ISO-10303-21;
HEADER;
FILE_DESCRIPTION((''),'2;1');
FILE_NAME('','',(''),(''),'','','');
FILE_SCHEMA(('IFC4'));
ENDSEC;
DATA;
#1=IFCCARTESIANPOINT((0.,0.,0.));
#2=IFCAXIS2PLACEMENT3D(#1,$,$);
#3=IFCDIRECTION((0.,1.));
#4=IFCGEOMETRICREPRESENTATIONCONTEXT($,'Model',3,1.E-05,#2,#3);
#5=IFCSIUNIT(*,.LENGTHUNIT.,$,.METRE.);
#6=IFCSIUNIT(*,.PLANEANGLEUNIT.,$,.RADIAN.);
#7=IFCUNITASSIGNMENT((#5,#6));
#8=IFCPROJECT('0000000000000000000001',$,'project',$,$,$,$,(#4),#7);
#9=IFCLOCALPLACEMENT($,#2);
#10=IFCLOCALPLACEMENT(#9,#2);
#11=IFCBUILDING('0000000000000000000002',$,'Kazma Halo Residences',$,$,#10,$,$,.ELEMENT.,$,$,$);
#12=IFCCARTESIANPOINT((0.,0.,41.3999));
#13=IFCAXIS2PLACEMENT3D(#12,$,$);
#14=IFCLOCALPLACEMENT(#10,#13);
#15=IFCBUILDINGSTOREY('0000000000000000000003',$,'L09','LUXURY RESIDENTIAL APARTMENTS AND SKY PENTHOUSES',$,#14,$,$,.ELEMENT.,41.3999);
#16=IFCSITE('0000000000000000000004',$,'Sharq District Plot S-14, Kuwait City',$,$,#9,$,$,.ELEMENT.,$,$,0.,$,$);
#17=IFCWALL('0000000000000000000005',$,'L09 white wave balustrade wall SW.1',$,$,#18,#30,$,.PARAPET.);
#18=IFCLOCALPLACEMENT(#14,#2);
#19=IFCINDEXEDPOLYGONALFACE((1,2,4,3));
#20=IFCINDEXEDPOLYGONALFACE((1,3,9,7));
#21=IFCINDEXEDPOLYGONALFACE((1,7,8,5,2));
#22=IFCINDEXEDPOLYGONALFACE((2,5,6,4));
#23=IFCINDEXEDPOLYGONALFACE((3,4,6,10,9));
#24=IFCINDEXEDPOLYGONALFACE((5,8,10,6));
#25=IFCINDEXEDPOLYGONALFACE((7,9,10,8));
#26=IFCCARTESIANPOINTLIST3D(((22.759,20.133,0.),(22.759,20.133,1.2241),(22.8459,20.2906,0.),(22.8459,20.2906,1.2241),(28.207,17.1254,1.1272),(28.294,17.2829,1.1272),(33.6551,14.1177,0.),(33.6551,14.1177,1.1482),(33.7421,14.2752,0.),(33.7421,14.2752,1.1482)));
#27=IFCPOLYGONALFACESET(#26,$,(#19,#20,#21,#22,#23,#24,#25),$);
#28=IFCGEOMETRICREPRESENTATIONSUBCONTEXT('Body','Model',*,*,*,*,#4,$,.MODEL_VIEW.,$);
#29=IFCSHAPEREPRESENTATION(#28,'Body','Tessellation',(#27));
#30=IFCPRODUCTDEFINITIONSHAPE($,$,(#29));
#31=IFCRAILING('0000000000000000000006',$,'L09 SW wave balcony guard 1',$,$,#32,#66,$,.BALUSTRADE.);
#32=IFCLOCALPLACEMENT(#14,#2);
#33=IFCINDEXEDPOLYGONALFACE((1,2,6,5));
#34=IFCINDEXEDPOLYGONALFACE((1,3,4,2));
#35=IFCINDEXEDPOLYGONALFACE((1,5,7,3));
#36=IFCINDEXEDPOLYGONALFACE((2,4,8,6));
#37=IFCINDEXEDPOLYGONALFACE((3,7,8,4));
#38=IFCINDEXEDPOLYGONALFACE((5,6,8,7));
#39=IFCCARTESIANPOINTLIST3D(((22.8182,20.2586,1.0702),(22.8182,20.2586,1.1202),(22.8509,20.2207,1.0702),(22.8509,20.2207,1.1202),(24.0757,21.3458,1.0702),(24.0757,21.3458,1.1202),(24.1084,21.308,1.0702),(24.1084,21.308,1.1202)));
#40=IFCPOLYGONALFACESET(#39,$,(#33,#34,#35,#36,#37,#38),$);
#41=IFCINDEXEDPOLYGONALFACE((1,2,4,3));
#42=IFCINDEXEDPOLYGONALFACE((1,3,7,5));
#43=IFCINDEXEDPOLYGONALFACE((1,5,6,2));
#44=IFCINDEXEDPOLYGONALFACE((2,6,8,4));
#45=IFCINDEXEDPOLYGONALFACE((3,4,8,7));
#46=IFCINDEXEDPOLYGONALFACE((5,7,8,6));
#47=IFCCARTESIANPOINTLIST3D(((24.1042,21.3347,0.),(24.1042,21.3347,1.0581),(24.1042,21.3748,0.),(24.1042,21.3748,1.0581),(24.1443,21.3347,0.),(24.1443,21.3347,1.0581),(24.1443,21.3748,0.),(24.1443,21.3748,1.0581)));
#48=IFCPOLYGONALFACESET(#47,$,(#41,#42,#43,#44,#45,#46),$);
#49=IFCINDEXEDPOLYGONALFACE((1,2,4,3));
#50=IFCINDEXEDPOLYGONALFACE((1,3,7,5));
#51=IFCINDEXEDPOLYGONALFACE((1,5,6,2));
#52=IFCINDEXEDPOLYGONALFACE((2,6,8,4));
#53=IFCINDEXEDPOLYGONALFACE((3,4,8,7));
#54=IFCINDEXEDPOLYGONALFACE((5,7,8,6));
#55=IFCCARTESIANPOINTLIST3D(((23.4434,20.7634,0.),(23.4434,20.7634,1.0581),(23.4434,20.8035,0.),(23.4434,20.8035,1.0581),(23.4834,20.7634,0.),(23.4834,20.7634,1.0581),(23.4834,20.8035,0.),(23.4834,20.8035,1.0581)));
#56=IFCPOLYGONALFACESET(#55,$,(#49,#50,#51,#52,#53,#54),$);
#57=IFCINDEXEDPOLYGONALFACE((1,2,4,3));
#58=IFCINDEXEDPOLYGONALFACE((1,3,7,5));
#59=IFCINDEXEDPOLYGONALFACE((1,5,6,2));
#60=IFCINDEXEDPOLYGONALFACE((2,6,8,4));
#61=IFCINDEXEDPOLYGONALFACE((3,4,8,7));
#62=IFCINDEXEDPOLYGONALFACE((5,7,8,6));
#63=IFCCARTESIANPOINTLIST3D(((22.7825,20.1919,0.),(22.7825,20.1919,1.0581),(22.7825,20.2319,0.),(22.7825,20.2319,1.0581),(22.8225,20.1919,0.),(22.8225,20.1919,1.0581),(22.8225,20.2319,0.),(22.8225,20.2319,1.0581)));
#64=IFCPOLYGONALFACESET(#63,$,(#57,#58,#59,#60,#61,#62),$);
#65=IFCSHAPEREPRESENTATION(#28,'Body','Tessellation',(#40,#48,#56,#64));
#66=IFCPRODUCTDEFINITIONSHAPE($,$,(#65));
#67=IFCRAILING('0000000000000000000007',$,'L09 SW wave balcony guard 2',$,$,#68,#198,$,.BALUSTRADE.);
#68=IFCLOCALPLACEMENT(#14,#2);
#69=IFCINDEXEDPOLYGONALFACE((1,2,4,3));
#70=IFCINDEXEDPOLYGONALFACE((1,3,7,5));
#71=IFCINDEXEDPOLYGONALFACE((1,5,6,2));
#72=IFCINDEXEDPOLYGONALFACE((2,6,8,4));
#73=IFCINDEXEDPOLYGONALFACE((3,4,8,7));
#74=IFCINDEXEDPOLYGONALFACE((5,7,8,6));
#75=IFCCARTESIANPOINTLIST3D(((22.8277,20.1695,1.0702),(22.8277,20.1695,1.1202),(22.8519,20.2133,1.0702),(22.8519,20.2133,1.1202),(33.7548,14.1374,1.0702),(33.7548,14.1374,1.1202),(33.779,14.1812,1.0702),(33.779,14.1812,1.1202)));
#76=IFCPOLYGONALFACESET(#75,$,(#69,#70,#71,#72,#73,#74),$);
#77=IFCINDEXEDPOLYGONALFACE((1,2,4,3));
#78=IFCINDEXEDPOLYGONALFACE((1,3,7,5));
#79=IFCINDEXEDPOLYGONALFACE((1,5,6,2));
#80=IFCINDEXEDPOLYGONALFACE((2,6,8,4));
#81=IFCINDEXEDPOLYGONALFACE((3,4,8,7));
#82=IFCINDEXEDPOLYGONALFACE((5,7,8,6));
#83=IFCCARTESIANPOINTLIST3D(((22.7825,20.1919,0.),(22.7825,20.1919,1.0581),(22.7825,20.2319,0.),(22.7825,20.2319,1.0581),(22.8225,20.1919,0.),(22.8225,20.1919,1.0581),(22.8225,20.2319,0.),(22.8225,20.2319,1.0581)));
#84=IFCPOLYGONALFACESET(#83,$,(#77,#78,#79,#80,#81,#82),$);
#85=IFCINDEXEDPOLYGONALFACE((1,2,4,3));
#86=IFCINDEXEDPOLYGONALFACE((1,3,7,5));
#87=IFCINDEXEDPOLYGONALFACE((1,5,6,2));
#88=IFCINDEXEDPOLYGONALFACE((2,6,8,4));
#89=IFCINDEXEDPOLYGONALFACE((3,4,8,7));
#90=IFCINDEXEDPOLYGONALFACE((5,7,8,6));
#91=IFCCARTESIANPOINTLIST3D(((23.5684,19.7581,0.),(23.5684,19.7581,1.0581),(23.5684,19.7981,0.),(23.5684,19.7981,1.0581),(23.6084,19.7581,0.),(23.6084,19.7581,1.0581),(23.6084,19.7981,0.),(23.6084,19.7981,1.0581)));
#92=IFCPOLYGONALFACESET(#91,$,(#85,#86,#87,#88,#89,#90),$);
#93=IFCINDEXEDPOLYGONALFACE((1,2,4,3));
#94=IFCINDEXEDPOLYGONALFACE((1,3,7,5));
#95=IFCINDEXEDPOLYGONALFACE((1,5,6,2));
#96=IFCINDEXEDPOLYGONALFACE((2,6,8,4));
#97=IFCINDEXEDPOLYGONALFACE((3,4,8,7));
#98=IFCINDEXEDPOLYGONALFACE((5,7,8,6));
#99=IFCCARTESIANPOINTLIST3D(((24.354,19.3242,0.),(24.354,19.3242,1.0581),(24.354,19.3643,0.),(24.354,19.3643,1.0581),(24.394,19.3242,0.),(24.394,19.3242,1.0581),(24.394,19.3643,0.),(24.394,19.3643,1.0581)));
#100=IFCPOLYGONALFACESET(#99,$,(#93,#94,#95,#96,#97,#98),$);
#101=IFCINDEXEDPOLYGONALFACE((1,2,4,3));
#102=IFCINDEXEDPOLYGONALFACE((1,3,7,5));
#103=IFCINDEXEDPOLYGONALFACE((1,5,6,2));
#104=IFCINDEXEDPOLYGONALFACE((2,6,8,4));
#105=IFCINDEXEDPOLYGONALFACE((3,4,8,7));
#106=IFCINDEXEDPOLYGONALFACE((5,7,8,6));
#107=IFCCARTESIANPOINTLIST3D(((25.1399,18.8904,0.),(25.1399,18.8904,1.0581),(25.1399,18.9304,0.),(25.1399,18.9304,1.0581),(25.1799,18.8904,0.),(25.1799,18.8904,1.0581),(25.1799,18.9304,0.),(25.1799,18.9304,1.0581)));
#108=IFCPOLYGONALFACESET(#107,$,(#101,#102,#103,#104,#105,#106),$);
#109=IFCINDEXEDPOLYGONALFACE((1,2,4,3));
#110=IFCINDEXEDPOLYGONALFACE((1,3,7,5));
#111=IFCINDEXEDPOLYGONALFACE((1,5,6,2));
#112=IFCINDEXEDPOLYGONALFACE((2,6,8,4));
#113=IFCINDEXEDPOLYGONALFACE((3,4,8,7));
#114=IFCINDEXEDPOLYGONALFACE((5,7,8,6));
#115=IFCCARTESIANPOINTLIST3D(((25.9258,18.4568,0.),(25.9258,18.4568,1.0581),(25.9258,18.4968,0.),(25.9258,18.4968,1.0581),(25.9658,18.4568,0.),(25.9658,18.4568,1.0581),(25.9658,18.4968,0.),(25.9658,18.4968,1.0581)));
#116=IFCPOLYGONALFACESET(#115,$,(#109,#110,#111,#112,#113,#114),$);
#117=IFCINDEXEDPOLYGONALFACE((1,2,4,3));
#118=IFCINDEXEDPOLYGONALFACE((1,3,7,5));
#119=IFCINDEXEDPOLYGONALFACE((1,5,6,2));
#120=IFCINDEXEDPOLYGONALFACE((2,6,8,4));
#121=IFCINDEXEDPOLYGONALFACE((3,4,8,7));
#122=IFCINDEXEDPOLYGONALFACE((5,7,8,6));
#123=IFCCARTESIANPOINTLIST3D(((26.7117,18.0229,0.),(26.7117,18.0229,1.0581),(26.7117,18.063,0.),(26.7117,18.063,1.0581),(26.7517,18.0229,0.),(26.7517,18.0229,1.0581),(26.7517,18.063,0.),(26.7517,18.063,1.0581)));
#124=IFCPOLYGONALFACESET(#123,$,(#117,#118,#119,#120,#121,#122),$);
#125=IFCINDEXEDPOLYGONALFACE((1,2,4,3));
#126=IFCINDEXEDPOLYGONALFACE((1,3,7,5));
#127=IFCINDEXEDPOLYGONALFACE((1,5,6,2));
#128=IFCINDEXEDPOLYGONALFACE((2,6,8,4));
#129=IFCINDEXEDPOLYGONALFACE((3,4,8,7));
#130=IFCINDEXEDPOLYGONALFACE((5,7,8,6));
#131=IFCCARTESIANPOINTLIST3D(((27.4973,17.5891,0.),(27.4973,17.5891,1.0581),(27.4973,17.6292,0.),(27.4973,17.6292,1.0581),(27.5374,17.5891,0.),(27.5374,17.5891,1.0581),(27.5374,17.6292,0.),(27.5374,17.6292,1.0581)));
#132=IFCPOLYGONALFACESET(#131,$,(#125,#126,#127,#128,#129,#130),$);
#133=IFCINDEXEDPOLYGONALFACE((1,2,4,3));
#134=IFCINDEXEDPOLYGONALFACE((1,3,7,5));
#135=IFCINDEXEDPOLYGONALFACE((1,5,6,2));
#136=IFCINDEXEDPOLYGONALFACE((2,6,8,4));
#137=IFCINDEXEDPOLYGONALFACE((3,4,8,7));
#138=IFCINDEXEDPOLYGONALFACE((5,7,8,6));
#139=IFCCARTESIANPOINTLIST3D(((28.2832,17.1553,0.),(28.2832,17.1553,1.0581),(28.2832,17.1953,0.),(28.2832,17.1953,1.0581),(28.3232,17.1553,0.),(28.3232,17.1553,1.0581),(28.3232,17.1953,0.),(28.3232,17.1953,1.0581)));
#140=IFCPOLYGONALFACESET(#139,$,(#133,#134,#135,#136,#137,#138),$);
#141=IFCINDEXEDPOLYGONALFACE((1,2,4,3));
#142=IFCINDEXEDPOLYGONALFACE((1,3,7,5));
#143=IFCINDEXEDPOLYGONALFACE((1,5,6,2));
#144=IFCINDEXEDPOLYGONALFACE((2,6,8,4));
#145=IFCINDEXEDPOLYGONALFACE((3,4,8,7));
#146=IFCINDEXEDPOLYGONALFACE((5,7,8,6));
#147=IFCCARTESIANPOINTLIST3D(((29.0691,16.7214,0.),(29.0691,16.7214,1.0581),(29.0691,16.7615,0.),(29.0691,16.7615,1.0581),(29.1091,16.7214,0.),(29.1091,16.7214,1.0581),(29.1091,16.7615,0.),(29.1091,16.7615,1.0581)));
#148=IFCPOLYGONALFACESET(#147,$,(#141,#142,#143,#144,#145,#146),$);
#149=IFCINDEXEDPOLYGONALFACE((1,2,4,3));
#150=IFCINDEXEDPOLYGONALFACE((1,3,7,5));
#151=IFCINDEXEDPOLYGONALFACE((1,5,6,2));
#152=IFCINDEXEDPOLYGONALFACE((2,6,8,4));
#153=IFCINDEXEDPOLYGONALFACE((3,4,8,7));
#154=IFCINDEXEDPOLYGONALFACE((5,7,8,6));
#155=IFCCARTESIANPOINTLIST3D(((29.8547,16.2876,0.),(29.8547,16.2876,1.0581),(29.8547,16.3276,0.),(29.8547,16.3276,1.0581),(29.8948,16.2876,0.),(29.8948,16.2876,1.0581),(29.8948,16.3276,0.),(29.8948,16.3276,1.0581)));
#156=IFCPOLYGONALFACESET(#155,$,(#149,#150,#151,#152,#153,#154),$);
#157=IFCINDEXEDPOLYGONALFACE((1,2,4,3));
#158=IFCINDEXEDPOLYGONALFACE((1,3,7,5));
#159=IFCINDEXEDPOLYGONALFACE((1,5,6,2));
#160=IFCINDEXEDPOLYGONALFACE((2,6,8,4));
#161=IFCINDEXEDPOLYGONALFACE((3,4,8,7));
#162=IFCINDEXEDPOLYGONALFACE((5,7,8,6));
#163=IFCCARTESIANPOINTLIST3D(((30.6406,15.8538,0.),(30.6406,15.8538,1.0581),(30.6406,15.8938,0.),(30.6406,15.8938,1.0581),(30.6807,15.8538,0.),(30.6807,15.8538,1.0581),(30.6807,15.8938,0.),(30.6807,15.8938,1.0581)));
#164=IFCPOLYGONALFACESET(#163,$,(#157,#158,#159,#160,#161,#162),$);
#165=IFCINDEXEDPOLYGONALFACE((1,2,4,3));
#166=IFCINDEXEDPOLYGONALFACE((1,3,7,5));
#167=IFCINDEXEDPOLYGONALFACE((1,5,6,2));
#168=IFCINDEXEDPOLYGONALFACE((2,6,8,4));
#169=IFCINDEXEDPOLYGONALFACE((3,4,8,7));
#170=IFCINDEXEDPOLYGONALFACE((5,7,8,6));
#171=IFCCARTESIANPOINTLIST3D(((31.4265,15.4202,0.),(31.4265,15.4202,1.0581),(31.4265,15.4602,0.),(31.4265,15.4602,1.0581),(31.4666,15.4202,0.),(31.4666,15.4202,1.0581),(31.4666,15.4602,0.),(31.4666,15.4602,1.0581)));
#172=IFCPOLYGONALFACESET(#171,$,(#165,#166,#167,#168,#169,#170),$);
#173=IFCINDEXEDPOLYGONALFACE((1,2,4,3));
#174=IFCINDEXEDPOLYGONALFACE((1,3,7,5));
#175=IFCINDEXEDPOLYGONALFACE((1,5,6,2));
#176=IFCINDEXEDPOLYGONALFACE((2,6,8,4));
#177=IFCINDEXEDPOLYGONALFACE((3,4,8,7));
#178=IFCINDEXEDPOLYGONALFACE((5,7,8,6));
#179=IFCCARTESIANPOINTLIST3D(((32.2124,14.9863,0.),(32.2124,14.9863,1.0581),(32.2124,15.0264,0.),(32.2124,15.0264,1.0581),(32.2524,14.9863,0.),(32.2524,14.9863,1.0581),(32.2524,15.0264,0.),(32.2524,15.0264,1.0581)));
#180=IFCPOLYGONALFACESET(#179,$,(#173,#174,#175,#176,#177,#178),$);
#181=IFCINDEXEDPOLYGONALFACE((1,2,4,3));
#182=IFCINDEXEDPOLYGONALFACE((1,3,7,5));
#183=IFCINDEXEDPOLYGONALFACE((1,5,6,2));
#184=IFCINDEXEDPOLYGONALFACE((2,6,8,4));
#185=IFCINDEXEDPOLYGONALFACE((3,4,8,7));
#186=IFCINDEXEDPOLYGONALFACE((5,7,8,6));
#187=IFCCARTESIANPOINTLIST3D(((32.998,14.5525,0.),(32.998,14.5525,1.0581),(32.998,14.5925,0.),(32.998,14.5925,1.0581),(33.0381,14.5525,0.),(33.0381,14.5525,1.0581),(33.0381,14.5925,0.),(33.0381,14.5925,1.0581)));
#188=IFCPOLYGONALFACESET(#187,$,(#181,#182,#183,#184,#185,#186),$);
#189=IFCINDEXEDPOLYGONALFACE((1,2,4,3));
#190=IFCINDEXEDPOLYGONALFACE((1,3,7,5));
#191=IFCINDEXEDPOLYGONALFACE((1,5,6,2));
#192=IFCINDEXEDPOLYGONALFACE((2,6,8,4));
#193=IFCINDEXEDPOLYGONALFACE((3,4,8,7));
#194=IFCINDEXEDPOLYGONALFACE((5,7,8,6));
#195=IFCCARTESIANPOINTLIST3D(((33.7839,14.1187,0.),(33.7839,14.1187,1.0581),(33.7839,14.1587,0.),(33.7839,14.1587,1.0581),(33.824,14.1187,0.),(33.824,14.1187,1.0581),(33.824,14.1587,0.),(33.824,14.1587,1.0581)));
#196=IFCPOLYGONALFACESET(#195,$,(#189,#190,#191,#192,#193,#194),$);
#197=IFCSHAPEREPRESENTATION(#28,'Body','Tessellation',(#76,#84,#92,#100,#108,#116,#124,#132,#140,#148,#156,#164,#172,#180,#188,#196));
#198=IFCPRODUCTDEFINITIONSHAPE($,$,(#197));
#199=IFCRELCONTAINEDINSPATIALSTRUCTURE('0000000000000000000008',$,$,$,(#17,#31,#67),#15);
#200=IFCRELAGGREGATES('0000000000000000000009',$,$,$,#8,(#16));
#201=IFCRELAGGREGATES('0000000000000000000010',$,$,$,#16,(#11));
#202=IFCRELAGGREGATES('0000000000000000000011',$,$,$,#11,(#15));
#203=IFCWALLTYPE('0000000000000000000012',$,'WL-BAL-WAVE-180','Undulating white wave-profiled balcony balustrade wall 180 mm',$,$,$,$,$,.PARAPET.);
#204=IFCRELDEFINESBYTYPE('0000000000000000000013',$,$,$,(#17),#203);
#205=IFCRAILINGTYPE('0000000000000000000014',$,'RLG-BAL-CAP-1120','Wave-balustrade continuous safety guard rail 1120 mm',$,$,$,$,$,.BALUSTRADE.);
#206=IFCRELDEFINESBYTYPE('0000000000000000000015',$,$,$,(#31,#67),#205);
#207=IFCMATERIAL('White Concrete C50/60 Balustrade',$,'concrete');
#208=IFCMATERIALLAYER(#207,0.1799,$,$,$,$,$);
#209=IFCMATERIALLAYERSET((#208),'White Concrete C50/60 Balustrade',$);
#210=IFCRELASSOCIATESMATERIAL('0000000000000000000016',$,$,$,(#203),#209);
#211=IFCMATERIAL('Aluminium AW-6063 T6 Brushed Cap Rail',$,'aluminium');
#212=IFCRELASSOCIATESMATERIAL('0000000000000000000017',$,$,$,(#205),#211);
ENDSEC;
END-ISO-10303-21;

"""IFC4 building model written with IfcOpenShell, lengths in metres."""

from ifc_helpers import new_model, si_unit, direction, frame, origin, origin_2d, place, context, subcontext, project, spatial, polyline, rectangle, outline, extrude, material, layer, layer_set, type_object, element, save


model = new_model("IFC4")

# Units and contexts
model_context = context("Model", 3, precision=1e-05, world=origin(), true_north=direction((0.0, 1.0)))
body_context = subcontext(model_context, "Body", "Model", "MODEL_VIEW")
ifc_project = project(units=[si_unit("LENGTHUNIT", "METRE"), si_unit("PLANEANGLEUNIT", "RADIAN")], contexts=[model_context])

# Site, building, storey
site_placement = place(None, origin())
site = spatial("IfcSite", under=ifc_project, at=site_placement, Name="Sharq District Plot S-14, Kuwait City", CompositionType="ELEMENT", RefElevation=0.0)
building_placement = place(site_placement, origin())
building = spatial("IfcBuilding", under=site, at=building_placement, Name="Kazma Halo Residences", CompositionType="ELEMENT")
storey_placement = place(building_placement, frame((0.0, 0.0, 41.3999)))
storey = spatial("IfcBuildingStorey", under=building, at=storey_placement, Name="L09", Description="LUXURY RESIDENTIAL APARTMENTS AND SKY PENTHOUSES", CompositionType="ELEMENT", Elevation=41.3999)

# Wall
ifc_material_1 = material(Name="White Concrete C50/60 Balustrade", Category="concrete")
ifc_layer_1 = layer(ifc_material_1, 0.1799)
ifc_layer_set_1 = layer_set([ifc_layer_1], Name="White Concrete C50/60 Balustrade")
wall_type_1 = type_object("IfcWallType", Name="WL-BAL-WAVE-180", Description="Undulating white wave-profiled balcony balustrade wall 180 mm", PredefinedType="PARAPET", material=ifc_layer_set_1)
wall_1_placement = place(storey_placement, frame((22.8025, 20.2119, 0.0), z_axis=(0.0, 0.0, 1.0), x_axis=(0.875453, -0.483303, 0.0)))
element("IfcWall", 1, at=wall_1_placement, inside=storey, type_object=wall_type_1, Name="L09 white wave balustrade wall SW.1", PredefinedType="PARAPET", context=body_context, shape_type="SweptSolid", body=[
    extrude(outline(polyline([(0.0, 0.0), (12.4463, 0.0), (12.4463, 1.1482), (6.2231, 1.1272), (0.0, 1.2241), (0.0, 0.0)])), frame((0.0, 0.0898, 0.0), z_axis=(0.0, -1.0, 0.0), x_axis=(1.0, 0.0, 0.0)), (0.0, 0.0, 1.0), 0.1799),
])

# Railings
ifc_material_2 = material(Name="Aluminium AW-6063 T6 Brushed Cap Rail", Category="aluminium")
railing_type = type_object("IfcRailingType", Name="RLG-BAL-CAP-1120", Description="Wave-balustrade continuous safety guard rail 1120 mm", PredefinedType="BALUSTRADE", material=ifc_material_2)
railing_1_placement = place(storey_placement, frame((24.1243, 21.3547, 0.0)))
element("IfcRailing", 2, at=railing_1_placement, inside=storey, type_object=railing_type, Name="L09 SW wave balcony guard 1", PredefinedType="BALUSTRADE", context=body_context, shape_type="SweptSolid", body=[
    extrude(rectangle(XDim=0.05, YDim=0.05, at=origin_2d()), frame((-0.0322, -0.0278, 1.0952), z_axis=(-0.756458, -0.654042, 0.0), x_axis=(0.654042, -0.756458, 0.0)), (0.0, 0.0, 1.0), 1.6624),
    extrude(rectangle(XDim=0.04, YDim=0.04, at=origin_2d()), origin(), (0.0, 0.0, 1.0), 1.0581),
    extrude(rectangle(XDim=0.04, YDim=0.04, at=origin_2d()), frame((-0.6609, -0.5713, 0.0)), (0.0, 0.0, 1.0), 1.0581),
    extrude(rectangle(XDim=0.04, YDim=0.04, at=origin_2d()), frame((-1.3218, -1.1428, 0.0)), (0.0, 0.0, 1.0), 1.0581),
])
railing_2_placement = place(storey_placement, frame((22.8025, 20.2119, 0.0)))
element("IfcRailing", 3, at=railing_2_placement, inside=storey, type_object=railing_type, Name="L09 SW wave balcony guard 2", PredefinedType="BALUSTRADE", context=body_context, shape_type="SweptSolid", body=[
    extrude(rectangle(XDim=0.05, YDim=0.05, at=origin_2d()), frame((0.0374, -0.0205, 1.0952), z_axis=(0.875461, -0.483289, 0.0), x_axis=(0.483289, 0.875461, 0.0)), (0.0, 0.0, 1.0), 12.4814),
    extrude(rectangle(XDim=0.04, YDim=0.04, at=origin_2d()), origin(), (0.0, 0.0, 1.0), 1.0581),
    extrude(rectangle(XDim=0.04, YDim=0.04, at=origin_2d()), frame((0.7859, -0.4338, 0.0)), (0.0, 0.0, 1.0), 1.0581),
    extrude(rectangle(XDim=0.04, YDim=0.04, at=origin_2d()), frame((1.5715, -0.8677, 0.0)), (0.0, 0.0, 1.0), 1.0581),
    extrude(rectangle(XDim=0.04, YDim=0.04, at=origin_2d()), frame((2.3574, -1.3015, 0.0)), (0.0, 0.0, 1.0), 1.0581),
    extrude(rectangle(XDim=0.04, YDim=0.04, at=origin_2d()), frame((3.1433, -1.7351, 0.0)), (0.0, 0.0, 1.0), 1.0581),
    extrude(rectangle(XDim=0.04, YDim=0.04, at=origin_2d()), frame((3.9292, -2.1689, 0.0)), (0.0, 0.0, 1.0), 1.0581),
    extrude(rectangle(XDim=0.04, YDim=0.04, at=origin_2d()), frame((4.7148, -2.6028, 0.0)), (0.0, 0.0, 1.0), 1.0581),
    extrude(rectangle(XDim=0.04, YDim=0.04, at=origin_2d()), frame((5.5007, -3.0366, 0.0)), (0.0, 0.0, 1.0), 1.0581),
    extrude(rectangle(XDim=0.04, YDim=0.04, at=origin_2d()), frame((6.2866, -3.4705, 0.0)), (0.0, 0.0, 1.0), 1.0581),
    extrude(rectangle(XDim=0.04, YDim=0.04, at=origin_2d()), frame((7.0723, -3.9043, 0.0)), (0.0, 0.0, 1.0), 1.0581),
    extrude(rectangle(XDim=0.04, YDim=0.04, at=origin_2d()), frame((7.8582, -4.3381, 0.0)), (0.0, 0.0, 1.0), 1.0581),
    extrude(rectangle(XDim=0.04, YDim=0.04, at=origin_2d()), frame((8.644, -4.7717, 0.0)), (0.0, 0.0, 1.0), 1.0581),
    extrude(rectangle(XDim=0.04, YDim=0.04, at=origin_2d()), frame((9.4299, -5.2056, 0.0)), (0.0, 0.0, 1.0), 1.0581),
    extrude(rectangle(XDim=0.04, YDim=0.04, at=origin_2d()), frame((10.2156, -5.6394, 0.0)), (0.0, 0.0, 1.0), 1.0581),
    extrude(rectangle(XDim=0.04, YDim=0.04, at=origin_2d()), frame((11.0015, -6.0732, 0.0)), (0.0, 0.0, 1.0), 1.0581),
])

save(model, "model.ifc")
